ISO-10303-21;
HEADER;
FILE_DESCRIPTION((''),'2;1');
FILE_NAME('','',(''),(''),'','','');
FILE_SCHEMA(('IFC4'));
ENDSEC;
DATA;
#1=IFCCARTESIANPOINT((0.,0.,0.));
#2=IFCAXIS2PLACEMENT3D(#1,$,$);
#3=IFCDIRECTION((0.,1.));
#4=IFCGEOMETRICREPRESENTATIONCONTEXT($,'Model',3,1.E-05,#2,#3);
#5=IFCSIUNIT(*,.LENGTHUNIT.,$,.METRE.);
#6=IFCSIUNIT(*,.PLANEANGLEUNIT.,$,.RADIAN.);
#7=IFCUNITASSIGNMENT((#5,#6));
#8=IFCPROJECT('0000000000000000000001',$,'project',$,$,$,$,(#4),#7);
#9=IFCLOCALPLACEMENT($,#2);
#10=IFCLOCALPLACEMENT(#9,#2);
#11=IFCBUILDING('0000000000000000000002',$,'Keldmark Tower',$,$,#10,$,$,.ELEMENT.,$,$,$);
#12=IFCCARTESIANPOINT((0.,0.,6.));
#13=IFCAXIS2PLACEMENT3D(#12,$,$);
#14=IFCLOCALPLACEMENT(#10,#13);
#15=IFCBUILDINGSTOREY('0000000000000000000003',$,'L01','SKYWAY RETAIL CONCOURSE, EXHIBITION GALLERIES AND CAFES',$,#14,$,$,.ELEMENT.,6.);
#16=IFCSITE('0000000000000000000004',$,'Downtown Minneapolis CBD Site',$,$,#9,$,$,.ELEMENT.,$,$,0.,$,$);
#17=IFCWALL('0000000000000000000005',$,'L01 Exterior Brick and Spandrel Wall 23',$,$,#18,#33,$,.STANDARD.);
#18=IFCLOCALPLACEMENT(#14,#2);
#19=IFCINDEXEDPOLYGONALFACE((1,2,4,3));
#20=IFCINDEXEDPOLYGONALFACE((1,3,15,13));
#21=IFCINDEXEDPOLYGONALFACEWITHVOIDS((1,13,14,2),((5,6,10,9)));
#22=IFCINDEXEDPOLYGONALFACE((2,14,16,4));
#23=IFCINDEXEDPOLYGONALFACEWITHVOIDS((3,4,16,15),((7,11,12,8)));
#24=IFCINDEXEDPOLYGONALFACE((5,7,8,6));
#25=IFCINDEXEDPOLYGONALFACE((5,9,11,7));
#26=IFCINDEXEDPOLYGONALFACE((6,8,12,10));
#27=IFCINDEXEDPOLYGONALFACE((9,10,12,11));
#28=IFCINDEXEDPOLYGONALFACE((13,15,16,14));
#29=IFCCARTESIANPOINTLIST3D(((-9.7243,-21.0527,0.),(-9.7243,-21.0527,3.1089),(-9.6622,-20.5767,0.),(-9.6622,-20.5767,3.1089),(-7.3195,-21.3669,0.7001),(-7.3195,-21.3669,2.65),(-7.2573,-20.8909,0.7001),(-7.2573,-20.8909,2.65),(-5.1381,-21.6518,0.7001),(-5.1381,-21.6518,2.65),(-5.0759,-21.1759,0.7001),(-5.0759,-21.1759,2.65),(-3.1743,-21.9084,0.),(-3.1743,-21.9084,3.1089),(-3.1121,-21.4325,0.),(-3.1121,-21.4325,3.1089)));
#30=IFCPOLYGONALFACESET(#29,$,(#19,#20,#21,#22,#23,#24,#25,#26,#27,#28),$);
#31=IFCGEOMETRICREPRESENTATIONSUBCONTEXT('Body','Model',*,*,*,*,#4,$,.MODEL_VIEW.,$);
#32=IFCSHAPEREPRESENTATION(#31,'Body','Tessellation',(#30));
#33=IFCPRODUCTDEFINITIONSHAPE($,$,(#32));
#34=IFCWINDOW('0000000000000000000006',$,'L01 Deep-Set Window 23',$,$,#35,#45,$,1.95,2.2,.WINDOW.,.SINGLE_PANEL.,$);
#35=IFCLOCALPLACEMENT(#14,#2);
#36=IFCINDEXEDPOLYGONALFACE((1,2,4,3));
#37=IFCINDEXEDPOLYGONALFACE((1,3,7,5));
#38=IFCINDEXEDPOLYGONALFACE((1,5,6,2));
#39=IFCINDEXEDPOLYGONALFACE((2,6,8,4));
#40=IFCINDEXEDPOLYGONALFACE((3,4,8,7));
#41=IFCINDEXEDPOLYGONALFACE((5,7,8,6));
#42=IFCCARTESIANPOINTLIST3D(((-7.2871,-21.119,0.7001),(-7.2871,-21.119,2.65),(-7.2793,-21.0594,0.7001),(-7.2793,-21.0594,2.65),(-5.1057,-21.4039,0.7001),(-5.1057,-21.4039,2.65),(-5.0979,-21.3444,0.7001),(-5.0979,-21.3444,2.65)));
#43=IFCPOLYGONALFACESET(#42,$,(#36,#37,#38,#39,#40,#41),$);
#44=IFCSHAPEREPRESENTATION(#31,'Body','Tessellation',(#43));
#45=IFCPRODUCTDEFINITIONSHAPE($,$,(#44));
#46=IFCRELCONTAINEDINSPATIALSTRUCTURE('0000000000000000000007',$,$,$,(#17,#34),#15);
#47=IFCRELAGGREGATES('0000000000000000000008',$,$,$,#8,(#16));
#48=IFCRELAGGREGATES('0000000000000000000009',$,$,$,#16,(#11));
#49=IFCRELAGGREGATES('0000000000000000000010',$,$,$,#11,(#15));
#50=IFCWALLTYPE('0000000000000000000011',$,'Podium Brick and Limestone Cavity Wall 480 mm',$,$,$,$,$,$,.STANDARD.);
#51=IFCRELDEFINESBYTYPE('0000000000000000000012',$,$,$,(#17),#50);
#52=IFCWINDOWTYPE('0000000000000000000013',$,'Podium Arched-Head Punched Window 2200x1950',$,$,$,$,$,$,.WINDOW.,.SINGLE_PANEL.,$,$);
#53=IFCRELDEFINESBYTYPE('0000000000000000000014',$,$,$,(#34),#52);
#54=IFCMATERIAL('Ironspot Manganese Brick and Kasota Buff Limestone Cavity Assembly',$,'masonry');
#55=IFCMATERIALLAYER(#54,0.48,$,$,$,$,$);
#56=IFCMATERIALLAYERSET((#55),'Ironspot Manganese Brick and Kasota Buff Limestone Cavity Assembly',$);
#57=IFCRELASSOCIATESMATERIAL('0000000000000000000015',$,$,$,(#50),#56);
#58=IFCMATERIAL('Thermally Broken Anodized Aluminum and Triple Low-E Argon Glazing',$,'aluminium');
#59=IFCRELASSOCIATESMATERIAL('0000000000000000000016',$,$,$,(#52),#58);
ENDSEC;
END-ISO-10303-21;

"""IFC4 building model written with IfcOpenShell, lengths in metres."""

from ifc_helpers import new_model, si_unit, direction, frame, frame_2d, origin, place, context, subcontext, project, spatial, rectangle, extrude, material, layer, layer_set, type_object, element, fill, save


model = new_model("IFC4")

# Units and contexts
model_context = context("Model", 3, precision=1e-05, world=origin(), true_north=direction((0.0, 1.0)))
body_context = subcontext(model_context, "Body", "Model", "MODEL_VIEW")
ifc_project = project(units=[si_unit("LENGTHUNIT", "METRE"), si_unit("PLANEANGLEUNIT", "RADIAN")], contexts=[model_context])

# Site, building, storey
site_placement = place(None, origin())
site = spatial("IfcSite", under=ifc_project, at=site_placement, Name="Downtown Minneapolis CBD Site", CompositionType="ELEMENT", RefElevation=0.0)
building_placement = place(site_placement, origin())
building = spatial("IfcBuilding", under=site, at=building_placement, Name="Keldmark Tower", CompositionType="ELEMENT")
storey_placement = place(building_placement, frame((0.0, 0.0, 6.0)))
storey = spatial("IfcBuildingStorey", under=building, at=storey_placement, Name="L01", Description="SKYWAY RETAIL CONCOURSE, EXHIBITION GALLERIES AND CAFES", CompositionType="ELEMENT", Elevation=6.0)

# Wall, opening, window
ifc_material_1 = material(Name="Ironspot Manganese Brick and Kasota Buff Limestone Cavity Assembly", Category="masonry")
ifc_layer_1 = layer(ifc_material_1, 0.48)
ifc_layer_set_1 = layer_set([ifc_layer_1], Name="Ironspot Manganese Brick and Kasota Buff Limestone Cavity Assembly")
wall_type = type_object("IfcWallType", Name="Podium Brick and Limestone Cavity Wall 480 mm", PredefinedType="STANDARD", material=ifc_layer_set_1)
wall_placement = place(storey_placement, frame((-3.1433, -21.6704, 0.0), z_axis=(0.0, 0.0, 1.0), x_axis=(-0.991574, 0.129541, 0.0)))
wall = element("IfcWall", 1, at=wall_placement, inside=storey, type_object=wall_type, Name="L01 Exterior Brick and Spandrel Wall 23", PredefinedType="STANDARD", context=body_context, shape_type="SweptSolid", body=[
    extrude(rectangle(XDim=6.6057, YDim=0.48, at=frame_2d((3.3027, 0.0))), origin(), (0.0, 0.0, 1.0), 3.1089),
])
opening_placement = place(wall_placement, frame((1.9802, 0.0, 0.7)))
opening = element("IfcOpeningElement", 2, at=opening_placement, cuts=wall, PredefinedType="OPENING", context=body_context, shape_type="SweptSolid", body=[
    extrude(rectangle(XDim=2.2, YDim=1.95, at=frame_2d((1.1001, 0.9751))), frame((0.0, 0.25, 0.0), z_axis=(0.0, -1.0, 0.0), x_axis=(1.0, 0.0, 0.0)), (0.0, 0.0, 1.0), 0.5),
])
ifc_material_2 = material(Name="Thermally Broken Anodized Aluminum and Triple Low-E Argon Glazing", Category="aluminium")
window_type = type_object("IfcWindowType", Name="Podium Arched-Head Punched Window 2200x1950", PartitioningType="SINGLE_PANEL", PredefinedType="WINDOW", material=ifc_material_2)
window_placement = place(opening_placement, origin())
window = element("IfcWindow", 3, at=window_placement, inside=storey, type_object=window_type, Name="L01 Deep-Set Window 23", OverallHeight=1.95, OverallWidth=2.2, PartitioningType="SINGLE_PANEL", PredefinedType="WINDOW", context=body_context, shape_type="SweptSolid", body=[
    extrude(rectangle(XDim=2.2, YDim=1.95, at=frame_2d((1.1001, 0.9751))), frame((0.0, -0.01, 0.0), z_axis=(0.0, -1.0, 0.0), x_axis=(1.0, 0.0, 0.0)), (0.0, 0.0, 1.0), 0.0601),
])
fill(opening, window)

save(model, "model.ifc")
